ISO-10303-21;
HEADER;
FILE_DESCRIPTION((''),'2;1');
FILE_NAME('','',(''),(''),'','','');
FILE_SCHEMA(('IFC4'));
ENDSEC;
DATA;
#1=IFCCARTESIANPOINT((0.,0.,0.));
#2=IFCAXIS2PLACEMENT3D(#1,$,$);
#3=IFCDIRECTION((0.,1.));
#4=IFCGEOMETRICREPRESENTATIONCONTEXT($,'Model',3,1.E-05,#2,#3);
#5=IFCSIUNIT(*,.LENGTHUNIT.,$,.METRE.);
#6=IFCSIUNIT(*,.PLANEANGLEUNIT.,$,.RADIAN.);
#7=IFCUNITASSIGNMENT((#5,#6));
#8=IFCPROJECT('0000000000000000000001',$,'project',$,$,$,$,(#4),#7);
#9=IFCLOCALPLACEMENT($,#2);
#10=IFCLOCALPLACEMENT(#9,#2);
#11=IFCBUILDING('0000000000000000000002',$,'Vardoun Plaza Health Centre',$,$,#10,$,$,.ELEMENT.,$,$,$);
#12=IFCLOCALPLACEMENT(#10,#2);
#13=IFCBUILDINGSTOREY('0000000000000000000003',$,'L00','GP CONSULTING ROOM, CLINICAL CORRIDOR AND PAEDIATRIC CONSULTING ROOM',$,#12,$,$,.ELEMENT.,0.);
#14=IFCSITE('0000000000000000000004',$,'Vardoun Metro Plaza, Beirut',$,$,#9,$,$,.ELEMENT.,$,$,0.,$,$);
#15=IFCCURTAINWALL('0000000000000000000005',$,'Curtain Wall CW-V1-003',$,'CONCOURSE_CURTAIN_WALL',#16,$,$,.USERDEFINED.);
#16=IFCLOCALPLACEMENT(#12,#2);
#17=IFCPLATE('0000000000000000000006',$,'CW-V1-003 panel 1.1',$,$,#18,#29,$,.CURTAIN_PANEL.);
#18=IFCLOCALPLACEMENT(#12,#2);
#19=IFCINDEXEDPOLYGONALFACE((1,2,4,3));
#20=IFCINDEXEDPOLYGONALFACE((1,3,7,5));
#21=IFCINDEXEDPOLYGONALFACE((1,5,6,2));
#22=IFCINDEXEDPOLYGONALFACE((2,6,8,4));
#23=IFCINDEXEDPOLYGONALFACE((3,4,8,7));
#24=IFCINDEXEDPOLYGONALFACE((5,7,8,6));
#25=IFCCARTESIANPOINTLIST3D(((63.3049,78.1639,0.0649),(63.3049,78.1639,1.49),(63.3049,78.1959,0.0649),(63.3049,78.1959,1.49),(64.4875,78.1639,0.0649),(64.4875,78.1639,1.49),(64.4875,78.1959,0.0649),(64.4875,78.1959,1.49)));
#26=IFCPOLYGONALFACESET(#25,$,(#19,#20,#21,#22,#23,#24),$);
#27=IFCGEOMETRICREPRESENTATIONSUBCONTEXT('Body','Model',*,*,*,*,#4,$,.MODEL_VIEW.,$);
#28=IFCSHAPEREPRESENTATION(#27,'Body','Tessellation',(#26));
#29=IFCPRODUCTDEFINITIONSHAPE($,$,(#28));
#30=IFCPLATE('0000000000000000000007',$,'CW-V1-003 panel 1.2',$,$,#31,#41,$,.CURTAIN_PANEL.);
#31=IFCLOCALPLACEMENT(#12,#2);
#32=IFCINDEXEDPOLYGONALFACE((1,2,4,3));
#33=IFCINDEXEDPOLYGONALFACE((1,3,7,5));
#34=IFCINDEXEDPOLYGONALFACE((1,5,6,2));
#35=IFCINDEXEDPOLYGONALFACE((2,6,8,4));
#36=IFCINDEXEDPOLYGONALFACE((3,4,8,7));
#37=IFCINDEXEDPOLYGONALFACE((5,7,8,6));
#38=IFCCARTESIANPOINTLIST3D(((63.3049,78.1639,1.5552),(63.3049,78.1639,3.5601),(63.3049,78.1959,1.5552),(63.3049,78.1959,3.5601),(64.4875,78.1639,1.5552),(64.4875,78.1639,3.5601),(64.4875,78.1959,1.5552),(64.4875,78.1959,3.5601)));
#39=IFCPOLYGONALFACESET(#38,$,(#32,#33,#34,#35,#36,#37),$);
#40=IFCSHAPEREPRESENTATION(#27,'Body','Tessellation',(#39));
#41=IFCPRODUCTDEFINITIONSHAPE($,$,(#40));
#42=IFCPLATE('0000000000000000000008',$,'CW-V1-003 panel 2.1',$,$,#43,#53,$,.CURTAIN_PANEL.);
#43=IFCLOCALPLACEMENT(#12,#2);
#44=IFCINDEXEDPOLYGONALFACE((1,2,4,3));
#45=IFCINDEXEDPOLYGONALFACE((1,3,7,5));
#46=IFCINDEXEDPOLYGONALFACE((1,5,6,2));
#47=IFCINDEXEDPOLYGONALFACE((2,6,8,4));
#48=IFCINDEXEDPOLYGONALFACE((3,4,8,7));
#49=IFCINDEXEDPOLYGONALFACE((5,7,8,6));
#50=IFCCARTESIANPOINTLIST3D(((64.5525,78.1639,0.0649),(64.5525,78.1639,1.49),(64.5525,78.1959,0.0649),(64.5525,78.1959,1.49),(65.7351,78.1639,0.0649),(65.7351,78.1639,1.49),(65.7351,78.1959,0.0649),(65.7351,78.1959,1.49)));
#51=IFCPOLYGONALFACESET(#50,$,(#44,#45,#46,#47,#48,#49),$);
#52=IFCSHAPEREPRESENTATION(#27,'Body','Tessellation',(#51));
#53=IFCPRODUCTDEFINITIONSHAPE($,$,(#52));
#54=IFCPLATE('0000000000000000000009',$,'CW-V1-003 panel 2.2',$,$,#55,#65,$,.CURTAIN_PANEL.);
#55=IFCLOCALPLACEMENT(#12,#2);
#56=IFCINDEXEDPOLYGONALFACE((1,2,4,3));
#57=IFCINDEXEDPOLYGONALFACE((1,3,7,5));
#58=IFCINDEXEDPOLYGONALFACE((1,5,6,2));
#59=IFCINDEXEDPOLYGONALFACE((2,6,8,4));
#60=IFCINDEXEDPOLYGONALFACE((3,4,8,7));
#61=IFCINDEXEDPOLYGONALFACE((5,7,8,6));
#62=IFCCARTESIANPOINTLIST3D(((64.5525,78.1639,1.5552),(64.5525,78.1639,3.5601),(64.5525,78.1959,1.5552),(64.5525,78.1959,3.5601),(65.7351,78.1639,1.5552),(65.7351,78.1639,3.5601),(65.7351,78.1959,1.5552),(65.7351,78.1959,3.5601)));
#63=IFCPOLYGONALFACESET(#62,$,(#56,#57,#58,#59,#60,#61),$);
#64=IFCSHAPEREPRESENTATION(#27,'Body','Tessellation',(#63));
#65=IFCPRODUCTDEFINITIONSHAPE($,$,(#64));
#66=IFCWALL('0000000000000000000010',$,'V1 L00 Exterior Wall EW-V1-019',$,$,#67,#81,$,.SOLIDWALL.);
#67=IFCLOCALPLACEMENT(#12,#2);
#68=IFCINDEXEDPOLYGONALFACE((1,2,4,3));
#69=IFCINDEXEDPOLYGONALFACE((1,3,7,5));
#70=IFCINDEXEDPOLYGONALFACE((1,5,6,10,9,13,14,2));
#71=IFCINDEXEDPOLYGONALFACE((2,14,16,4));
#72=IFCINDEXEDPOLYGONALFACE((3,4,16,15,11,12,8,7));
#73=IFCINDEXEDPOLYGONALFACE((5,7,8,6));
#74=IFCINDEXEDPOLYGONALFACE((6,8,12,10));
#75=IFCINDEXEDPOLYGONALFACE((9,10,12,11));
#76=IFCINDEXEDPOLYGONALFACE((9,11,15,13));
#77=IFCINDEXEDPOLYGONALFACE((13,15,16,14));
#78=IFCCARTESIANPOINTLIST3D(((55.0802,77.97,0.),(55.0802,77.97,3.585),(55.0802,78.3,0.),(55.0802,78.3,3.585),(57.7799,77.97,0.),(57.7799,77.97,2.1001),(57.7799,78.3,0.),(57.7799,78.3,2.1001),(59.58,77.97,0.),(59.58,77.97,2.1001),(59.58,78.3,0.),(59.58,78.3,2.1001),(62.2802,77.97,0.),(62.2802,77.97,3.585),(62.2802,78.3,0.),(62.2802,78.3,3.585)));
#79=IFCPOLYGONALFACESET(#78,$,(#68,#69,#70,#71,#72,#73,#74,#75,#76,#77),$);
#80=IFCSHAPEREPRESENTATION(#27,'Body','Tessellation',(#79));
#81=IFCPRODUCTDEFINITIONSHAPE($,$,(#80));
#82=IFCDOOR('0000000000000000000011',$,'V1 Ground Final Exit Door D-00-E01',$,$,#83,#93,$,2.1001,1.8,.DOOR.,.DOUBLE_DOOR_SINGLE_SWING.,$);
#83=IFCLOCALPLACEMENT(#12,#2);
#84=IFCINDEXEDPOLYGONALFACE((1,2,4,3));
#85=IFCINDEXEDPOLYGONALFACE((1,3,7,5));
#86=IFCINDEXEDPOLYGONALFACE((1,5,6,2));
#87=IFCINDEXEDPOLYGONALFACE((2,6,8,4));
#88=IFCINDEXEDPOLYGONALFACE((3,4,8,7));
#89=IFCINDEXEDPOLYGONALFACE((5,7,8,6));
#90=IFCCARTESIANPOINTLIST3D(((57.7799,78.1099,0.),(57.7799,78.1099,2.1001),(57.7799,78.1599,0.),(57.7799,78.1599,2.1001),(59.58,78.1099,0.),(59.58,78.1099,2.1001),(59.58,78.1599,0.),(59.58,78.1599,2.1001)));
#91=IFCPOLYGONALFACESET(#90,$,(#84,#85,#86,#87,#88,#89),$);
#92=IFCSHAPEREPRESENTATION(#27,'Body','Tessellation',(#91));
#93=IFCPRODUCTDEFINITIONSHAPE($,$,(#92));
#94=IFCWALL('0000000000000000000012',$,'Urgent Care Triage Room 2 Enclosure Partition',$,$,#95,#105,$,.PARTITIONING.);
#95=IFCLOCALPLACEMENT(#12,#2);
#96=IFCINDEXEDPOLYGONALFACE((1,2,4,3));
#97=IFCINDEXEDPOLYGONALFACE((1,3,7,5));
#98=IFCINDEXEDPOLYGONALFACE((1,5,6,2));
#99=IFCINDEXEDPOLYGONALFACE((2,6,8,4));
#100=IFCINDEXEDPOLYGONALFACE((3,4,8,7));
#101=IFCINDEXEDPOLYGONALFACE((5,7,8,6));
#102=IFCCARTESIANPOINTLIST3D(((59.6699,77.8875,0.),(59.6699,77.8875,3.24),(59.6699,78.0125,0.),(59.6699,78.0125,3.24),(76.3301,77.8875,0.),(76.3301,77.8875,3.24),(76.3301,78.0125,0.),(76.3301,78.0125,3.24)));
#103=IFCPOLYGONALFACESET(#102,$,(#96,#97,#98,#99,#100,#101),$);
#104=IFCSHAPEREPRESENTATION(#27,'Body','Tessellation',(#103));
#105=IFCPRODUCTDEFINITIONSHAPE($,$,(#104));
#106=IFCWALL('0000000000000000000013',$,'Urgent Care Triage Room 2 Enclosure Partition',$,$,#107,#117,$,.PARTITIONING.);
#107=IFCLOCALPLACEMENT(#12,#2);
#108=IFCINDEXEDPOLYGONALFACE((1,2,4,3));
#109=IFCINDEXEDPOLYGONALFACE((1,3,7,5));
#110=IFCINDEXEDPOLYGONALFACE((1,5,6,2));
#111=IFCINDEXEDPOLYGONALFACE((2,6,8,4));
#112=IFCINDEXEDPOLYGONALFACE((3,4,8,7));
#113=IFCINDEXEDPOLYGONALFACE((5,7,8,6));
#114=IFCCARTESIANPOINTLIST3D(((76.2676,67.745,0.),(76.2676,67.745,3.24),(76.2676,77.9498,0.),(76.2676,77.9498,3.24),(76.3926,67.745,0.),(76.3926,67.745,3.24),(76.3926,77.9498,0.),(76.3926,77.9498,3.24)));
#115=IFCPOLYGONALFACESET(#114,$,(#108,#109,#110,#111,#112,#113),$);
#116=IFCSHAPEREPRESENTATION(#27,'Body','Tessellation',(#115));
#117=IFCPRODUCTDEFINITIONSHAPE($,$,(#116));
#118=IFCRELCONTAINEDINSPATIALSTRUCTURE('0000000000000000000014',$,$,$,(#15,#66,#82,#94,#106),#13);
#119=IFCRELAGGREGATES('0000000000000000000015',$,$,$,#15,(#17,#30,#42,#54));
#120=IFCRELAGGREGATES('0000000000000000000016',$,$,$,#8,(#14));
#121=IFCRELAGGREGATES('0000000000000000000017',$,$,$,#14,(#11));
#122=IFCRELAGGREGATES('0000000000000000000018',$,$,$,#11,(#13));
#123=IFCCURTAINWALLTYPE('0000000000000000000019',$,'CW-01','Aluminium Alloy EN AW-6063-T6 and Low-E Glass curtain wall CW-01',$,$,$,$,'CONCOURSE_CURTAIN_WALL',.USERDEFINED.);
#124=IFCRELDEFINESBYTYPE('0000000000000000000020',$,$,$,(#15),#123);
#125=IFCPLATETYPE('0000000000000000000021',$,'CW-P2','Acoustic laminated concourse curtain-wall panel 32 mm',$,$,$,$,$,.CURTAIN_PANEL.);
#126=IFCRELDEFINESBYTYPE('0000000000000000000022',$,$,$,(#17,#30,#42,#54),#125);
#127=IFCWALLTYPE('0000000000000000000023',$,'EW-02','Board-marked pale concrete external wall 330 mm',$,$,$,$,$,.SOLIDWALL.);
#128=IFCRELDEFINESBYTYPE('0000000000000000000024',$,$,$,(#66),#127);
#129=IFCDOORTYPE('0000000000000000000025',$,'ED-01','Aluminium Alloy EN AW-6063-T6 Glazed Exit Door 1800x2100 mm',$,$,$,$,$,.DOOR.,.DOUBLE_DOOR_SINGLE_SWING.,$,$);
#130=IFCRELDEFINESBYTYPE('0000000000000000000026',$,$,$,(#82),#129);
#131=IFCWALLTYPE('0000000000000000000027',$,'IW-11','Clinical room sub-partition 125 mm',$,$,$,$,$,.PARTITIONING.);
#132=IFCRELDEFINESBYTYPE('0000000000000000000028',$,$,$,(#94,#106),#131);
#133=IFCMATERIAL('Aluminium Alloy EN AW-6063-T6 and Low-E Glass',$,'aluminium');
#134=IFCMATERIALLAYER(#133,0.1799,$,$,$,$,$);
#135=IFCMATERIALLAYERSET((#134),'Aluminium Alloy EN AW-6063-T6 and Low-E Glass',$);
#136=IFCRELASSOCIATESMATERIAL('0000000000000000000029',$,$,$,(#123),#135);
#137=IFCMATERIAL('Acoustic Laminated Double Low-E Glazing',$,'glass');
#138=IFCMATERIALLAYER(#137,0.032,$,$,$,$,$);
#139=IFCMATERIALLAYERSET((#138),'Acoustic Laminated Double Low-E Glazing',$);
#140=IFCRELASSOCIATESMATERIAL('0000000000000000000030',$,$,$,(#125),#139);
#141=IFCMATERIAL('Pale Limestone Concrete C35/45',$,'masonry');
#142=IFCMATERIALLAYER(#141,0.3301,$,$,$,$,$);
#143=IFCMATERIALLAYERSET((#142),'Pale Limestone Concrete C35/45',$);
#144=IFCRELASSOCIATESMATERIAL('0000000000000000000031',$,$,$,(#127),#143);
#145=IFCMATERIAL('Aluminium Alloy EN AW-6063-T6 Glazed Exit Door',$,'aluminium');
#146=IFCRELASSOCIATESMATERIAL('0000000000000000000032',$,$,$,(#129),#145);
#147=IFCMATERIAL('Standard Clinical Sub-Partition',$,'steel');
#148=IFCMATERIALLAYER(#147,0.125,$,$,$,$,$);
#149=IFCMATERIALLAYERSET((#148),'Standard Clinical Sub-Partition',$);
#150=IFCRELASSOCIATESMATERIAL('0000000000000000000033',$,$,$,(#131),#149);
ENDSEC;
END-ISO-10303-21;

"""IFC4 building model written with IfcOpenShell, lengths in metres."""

from ifc_helpers import new_model, si_unit, direction, frame, frame_2d, origin, origin_2d, place, context, subcontext, project, spatial, rectangle, extrude, material, layer, layer_set, type_object, element, fill, aggregate, save


model = new_model("IFC4")

# Units and contexts
model_context = context("Model", 3, precision=1e-05, world=origin(), true_north=direction((0.0, 1.0)))
body_context = subcontext(model_context, "Body", "Model", "MODEL_VIEW")
ifc_project = project(units=[si_unit("LENGTHUNIT", "METRE"), si_unit("PLANEANGLEUNIT", "RADIAN")], contexts=[model_context])

# Site, building, storey
site_placement = place(None, origin())
site = spatial("IfcSite", under=ifc_project, at=site_placement, Name="Vardoun Metro Plaza, Beirut", CompositionType="ELEMENT", RefElevation=0.0)
building_placement = place(site_placement, origin())
building = spatial("IfcBuilding", under=site, at=building_placement, Name="Vardoun Plaza Health Centre", CompositionType="ELEMENT")
storey_placement = place(building_placement, origin())
storey = spatial("IfcBuildingStorey", under=building, at=storey_placement, Name="L00", Description="GP CONSULTING ROOM, CLINICAL CORRIDOR AND PAEDIATRIC CONSULTING ROOM", CompositionType="ELEMENT", Elevation=0.0)

# Curtain wall
ifc_material_1 = material(Name="Aluminium Alloy EN AW-6063-T6 and Low-E Glass", Category="aluminium")
ifc_layer_1 = layer(ifc_material_1, 0.1799)
ifc_layer_set_1 = layer_set([ifc_layer_1], Name="Aluminium Alloy EN AW-6063-T6 and Low-E Glass")
curtain_wall_type = type_object("IfcCurtainWallType", Name="CW-01", Description="Aluminium Alloy EN AW-6063-T6 and Low-E Glass curtain wall CW-01", ElementType="CONCOURSE_CURTAIN_WALL", PredefinedType="USERDEFINED", material=ifc_layer_set_1)
curtain_wall_1_placement = place(storey_placement, origin())
curtain_wall_1 = element("IfcCurtainWall", 1, at=curtain_wall_1_placement, inside=storey, type_object=curtain_wall_type, Name="Curtain Wall CW-V1-003", ObjectType="CONCOURSE_CURTAIN_WALL", PredefinedType="USERDEFINED")

# Plates
ifc_material_2 = material(Name="Acoustic Laminated Double Low-E Glazing", Category="glass")
ifc_layer_2 = layer(ifc_material_2, 0.032)
ifc_layer_set_2 = layer_set([ifc_layer_2], Name="Acoustic Laminated Double Low-E Glazing")
plate_type = type_object("IfcPlateType", Name="CW-P2", Description="Acoustic laminated concourse curtain-wall panel 32 mm", PredefinedType="CURTAIN_PANEL", material=ifc_layer_set_2)
plate_1_placement = place(storey_placement, frame((63.8962, 78.1799, 0.0649), z_axis=(0.0, 0.0, 1.0), x_axis=(1.0, 0.0, 0.0)))
plate_1 = element("IfcPlate", 2, at=plate_1_placement, type_object=plate_type, Name="CW-V1-003 panel 1.1", PredefinedType="CURTAIN_PANEL", context=body_context, shape_type="SweptSolid", body=[
    extrude(rectangle(XDim=1.1826, YDim=0.032, at=origin_2d()), origin(), (0.0, 0.0, 1.0), 1.425),
])
plate_2_placement = place(storey_placement, frame((63.8962, 78.1799, 1.5552), z_axis=(0.0, 0.0, 1.0), x_axis=(1.0, 0.0, 0.0)))
plate_2 = element("IfcPlate", 3, at=plate_2_placement, type_object=plate_type, Name="CW-V1-003 panel 1.2", PredefinedType="CURTAIN_PANEL", context=body_context, shape_type="SweptSolid", body=[
    extrude(rectangle(XDim=1.1826, YDim=0.032, at=origin_2d()), origin(), (0.0, 0.0, 1.0), 2.0049),
])
plate_3_placement = place(storey_placement, frame((65.1438, 78.1799, 0.0649), z_axis=(0.0, 0.0, 1.0), x_axis=(1.0, 0.0, 0.0)))
plate_3 = element("IfcPlate", 4, at=plate_3_placement, type_object=plate_type, Name="CW-V1-003 panel 2.1", PredefinedType="CURTAIN_PANEL", context=body_context, shape_type="SweptSolid", body=[
    extrude(rectangle(XDim=1.1826, YDim=0.032, at=origin_2d()), origin(), (0.0, 0.0, 1.0), 1.425),
])
plate_4_placement = place(storey_placement, frame((65.1438, 78.1799, 1.5552), z_axis=(0.0, 0.0, 1.0), x_axis=(1.0, 0.0, 0.0)))
plate_4 = element("IfcPlate", 5, at=plate_4_placement, type_object=plate_type, Name="CW-V1-003 panel 2.2", PredefinedType="CURTAIN_PANEL", context=body_context, shape_type="SweptSolid", body=[
    extrude(rectangle(XDim=1.1826, YDim=0.032, at=origin_2d()), origin(), (0.0, 0.0, 1.0), 2.0049),
])
aggregate(curtain_wall_1, [plate_1, plate_2, plate_3, plate_4])

# Wall, opening, door
ifc_material_3 = material(Name="Pale Limestone Concrete C35/45", Category="masonry")
ifc_layer_3 = layer(ifc_material_3, 0.3301)
ifc_layer_set_3 = layer_set([ifc_layer_3], Name="Pale Limestone Concrete C35/45")
wall_type_1 = type_object("IfcWallType", Name="EW-02", Description="Board-marked pale concrete external wall 330 mm", PredefinedType="SOLIDWALL", material=ifc_layer_set_3)
wall_1_placement = place(storey_placement, frame((55.0801, 78.135, 0.0), z_axis=(0.0, 0.0, 1.0), x_axis=(1.0, 0.0, 0.0)))
wall_1 = element("IfcWall", 6, at=wall_1_placement, inside=storey, type_object=wall_type_1, Name="V1 L00 Exterior Wall EW-V1-019", PredefinedType="SOLIDWALL", context=body_context, shape_type="SweptSolid", body=[
    extrude(rectangle(XDim=7.2, YDim=0.3301, at=frame_2d((3.6001, 0.0))), origin(), (0.0, 0.0, 1.0), 3.585),
])
opening_placement = place(wall_1_placement, frame((2.7, 0.0, 0.0)))
opening = element("IfcOpeningElement", 7, at=opening_placement, cuts=wall_1, PredefinedType="OPENING", context=body_context, shape_type="SweptSolid", body=[
    extrude(rectangle(XDim=1.8, YDim=2.1001, at=frame_2d((0.8999, 1.05))), frame((0.0, 0.165, 0.0), z_axis=(0.0, -1.0, 0.0), x_axis=(1.0, 0.0, 0.0)), (0.0, 0.0, 1.0), 0.3301),
])
ifc_material_4 = material(Name="Aluminium Alloy EN AW-6063-T6 Glazed Exit Door", Category="aluminium")
door_type = type_object("IfcDoorType", Name="ED-01", Description="Aluminium Alloy EN AW-6063-T6 Glazed Exit Door 1800x2100 mm", OperationType="DOUBLE_DOOR_SINGLE_SWING", PredefinedType="DOOR", material=ifc_material_4)
door_placement = place(opening_placement, origin())
door = element("IfcDoor", 8, at=door_placement, inside=storey, type_object=door_type, Name="V1 Ground Final Exit Door D-00-E01", OperationType="DOUBLE_DOOR_SINGLE_SWING", OverallHeight=2.1001, OverallWidth=1.8, PredefinedType="DOOR", context=body_context, shape_type="SweptSolid", body=[
    extrude(rectangle(XDim=1.8, YDim=2.1001, at=frame_2d((0.8999, 1.05))), frame((0.0, 0.0249, 0.0), z_axis=(0.0, -1.0, 0.0), x_axis=(1.0, 0.0, 0.0)), (0.0, 0.0, 1.0), 0.05),
])
fill(opening, door)

# Walls
ifc_material_5 = material(Name="Standard Clinical Sub-Partition", Category="steel")
ifc_layer_4 = layer(ifc_material_5, 0.125)
ifc_layer_set_4 = layer_set([ifc_layer_4], Name="Standard Clinical Sub-Partition")
wall_type_2 = type_object("IfcWallType", Name="IW-11", Description="Clinical room sub-partition 125 mm", PredefinedType="PARTITIONING", material=ifc_layer_set_4)
wall_2_placement = place(storey_placement, frame((59.6699, 77.95, 0.0), z_axis=(0.0, 0.0, 1.0), x_axis=(1.0, 0.0, 0.0)))
element("IfcWall", 9, at=wall_2_placement, inside=storey, type_object=wall_type_2, Name="Urgent Care Triage Room 2 Enclosure Partition", PredefinedType="PARTITIONING", context=body_context, shape_type="SweptSolid", body=[
    extrude(rectangle(XDim=16.6602, YDim=0.125, at=frame_2d((8.3301, 0.0))), origin(), (0.0, 0.0, 1.0), 3.24),
])
wall_3_placement = place(storey_placement, frame((76.3301, 77.95, 0.0), z_axis=(0.0, 0.0, 1.0), x_axis=(0.0, -1.0, 0.0)))
element("IfcWall", 10, at=wall_3_placement, inside=storey, type_object=wall_type_2, Name="Urgent Care Triage Room 2 Enclosure Partition", PredefinedType="PARTITIONING", context=body_context, shape_type="SweptSolid", body=[
    extrude(rectangle(XDim=10.2048, YDim=0.125, at=frame_2d((5.1025, 0.0))), origin(), (0.0, 0.0, 1.0), 3.24),
])

save(model, "model.ifc")
